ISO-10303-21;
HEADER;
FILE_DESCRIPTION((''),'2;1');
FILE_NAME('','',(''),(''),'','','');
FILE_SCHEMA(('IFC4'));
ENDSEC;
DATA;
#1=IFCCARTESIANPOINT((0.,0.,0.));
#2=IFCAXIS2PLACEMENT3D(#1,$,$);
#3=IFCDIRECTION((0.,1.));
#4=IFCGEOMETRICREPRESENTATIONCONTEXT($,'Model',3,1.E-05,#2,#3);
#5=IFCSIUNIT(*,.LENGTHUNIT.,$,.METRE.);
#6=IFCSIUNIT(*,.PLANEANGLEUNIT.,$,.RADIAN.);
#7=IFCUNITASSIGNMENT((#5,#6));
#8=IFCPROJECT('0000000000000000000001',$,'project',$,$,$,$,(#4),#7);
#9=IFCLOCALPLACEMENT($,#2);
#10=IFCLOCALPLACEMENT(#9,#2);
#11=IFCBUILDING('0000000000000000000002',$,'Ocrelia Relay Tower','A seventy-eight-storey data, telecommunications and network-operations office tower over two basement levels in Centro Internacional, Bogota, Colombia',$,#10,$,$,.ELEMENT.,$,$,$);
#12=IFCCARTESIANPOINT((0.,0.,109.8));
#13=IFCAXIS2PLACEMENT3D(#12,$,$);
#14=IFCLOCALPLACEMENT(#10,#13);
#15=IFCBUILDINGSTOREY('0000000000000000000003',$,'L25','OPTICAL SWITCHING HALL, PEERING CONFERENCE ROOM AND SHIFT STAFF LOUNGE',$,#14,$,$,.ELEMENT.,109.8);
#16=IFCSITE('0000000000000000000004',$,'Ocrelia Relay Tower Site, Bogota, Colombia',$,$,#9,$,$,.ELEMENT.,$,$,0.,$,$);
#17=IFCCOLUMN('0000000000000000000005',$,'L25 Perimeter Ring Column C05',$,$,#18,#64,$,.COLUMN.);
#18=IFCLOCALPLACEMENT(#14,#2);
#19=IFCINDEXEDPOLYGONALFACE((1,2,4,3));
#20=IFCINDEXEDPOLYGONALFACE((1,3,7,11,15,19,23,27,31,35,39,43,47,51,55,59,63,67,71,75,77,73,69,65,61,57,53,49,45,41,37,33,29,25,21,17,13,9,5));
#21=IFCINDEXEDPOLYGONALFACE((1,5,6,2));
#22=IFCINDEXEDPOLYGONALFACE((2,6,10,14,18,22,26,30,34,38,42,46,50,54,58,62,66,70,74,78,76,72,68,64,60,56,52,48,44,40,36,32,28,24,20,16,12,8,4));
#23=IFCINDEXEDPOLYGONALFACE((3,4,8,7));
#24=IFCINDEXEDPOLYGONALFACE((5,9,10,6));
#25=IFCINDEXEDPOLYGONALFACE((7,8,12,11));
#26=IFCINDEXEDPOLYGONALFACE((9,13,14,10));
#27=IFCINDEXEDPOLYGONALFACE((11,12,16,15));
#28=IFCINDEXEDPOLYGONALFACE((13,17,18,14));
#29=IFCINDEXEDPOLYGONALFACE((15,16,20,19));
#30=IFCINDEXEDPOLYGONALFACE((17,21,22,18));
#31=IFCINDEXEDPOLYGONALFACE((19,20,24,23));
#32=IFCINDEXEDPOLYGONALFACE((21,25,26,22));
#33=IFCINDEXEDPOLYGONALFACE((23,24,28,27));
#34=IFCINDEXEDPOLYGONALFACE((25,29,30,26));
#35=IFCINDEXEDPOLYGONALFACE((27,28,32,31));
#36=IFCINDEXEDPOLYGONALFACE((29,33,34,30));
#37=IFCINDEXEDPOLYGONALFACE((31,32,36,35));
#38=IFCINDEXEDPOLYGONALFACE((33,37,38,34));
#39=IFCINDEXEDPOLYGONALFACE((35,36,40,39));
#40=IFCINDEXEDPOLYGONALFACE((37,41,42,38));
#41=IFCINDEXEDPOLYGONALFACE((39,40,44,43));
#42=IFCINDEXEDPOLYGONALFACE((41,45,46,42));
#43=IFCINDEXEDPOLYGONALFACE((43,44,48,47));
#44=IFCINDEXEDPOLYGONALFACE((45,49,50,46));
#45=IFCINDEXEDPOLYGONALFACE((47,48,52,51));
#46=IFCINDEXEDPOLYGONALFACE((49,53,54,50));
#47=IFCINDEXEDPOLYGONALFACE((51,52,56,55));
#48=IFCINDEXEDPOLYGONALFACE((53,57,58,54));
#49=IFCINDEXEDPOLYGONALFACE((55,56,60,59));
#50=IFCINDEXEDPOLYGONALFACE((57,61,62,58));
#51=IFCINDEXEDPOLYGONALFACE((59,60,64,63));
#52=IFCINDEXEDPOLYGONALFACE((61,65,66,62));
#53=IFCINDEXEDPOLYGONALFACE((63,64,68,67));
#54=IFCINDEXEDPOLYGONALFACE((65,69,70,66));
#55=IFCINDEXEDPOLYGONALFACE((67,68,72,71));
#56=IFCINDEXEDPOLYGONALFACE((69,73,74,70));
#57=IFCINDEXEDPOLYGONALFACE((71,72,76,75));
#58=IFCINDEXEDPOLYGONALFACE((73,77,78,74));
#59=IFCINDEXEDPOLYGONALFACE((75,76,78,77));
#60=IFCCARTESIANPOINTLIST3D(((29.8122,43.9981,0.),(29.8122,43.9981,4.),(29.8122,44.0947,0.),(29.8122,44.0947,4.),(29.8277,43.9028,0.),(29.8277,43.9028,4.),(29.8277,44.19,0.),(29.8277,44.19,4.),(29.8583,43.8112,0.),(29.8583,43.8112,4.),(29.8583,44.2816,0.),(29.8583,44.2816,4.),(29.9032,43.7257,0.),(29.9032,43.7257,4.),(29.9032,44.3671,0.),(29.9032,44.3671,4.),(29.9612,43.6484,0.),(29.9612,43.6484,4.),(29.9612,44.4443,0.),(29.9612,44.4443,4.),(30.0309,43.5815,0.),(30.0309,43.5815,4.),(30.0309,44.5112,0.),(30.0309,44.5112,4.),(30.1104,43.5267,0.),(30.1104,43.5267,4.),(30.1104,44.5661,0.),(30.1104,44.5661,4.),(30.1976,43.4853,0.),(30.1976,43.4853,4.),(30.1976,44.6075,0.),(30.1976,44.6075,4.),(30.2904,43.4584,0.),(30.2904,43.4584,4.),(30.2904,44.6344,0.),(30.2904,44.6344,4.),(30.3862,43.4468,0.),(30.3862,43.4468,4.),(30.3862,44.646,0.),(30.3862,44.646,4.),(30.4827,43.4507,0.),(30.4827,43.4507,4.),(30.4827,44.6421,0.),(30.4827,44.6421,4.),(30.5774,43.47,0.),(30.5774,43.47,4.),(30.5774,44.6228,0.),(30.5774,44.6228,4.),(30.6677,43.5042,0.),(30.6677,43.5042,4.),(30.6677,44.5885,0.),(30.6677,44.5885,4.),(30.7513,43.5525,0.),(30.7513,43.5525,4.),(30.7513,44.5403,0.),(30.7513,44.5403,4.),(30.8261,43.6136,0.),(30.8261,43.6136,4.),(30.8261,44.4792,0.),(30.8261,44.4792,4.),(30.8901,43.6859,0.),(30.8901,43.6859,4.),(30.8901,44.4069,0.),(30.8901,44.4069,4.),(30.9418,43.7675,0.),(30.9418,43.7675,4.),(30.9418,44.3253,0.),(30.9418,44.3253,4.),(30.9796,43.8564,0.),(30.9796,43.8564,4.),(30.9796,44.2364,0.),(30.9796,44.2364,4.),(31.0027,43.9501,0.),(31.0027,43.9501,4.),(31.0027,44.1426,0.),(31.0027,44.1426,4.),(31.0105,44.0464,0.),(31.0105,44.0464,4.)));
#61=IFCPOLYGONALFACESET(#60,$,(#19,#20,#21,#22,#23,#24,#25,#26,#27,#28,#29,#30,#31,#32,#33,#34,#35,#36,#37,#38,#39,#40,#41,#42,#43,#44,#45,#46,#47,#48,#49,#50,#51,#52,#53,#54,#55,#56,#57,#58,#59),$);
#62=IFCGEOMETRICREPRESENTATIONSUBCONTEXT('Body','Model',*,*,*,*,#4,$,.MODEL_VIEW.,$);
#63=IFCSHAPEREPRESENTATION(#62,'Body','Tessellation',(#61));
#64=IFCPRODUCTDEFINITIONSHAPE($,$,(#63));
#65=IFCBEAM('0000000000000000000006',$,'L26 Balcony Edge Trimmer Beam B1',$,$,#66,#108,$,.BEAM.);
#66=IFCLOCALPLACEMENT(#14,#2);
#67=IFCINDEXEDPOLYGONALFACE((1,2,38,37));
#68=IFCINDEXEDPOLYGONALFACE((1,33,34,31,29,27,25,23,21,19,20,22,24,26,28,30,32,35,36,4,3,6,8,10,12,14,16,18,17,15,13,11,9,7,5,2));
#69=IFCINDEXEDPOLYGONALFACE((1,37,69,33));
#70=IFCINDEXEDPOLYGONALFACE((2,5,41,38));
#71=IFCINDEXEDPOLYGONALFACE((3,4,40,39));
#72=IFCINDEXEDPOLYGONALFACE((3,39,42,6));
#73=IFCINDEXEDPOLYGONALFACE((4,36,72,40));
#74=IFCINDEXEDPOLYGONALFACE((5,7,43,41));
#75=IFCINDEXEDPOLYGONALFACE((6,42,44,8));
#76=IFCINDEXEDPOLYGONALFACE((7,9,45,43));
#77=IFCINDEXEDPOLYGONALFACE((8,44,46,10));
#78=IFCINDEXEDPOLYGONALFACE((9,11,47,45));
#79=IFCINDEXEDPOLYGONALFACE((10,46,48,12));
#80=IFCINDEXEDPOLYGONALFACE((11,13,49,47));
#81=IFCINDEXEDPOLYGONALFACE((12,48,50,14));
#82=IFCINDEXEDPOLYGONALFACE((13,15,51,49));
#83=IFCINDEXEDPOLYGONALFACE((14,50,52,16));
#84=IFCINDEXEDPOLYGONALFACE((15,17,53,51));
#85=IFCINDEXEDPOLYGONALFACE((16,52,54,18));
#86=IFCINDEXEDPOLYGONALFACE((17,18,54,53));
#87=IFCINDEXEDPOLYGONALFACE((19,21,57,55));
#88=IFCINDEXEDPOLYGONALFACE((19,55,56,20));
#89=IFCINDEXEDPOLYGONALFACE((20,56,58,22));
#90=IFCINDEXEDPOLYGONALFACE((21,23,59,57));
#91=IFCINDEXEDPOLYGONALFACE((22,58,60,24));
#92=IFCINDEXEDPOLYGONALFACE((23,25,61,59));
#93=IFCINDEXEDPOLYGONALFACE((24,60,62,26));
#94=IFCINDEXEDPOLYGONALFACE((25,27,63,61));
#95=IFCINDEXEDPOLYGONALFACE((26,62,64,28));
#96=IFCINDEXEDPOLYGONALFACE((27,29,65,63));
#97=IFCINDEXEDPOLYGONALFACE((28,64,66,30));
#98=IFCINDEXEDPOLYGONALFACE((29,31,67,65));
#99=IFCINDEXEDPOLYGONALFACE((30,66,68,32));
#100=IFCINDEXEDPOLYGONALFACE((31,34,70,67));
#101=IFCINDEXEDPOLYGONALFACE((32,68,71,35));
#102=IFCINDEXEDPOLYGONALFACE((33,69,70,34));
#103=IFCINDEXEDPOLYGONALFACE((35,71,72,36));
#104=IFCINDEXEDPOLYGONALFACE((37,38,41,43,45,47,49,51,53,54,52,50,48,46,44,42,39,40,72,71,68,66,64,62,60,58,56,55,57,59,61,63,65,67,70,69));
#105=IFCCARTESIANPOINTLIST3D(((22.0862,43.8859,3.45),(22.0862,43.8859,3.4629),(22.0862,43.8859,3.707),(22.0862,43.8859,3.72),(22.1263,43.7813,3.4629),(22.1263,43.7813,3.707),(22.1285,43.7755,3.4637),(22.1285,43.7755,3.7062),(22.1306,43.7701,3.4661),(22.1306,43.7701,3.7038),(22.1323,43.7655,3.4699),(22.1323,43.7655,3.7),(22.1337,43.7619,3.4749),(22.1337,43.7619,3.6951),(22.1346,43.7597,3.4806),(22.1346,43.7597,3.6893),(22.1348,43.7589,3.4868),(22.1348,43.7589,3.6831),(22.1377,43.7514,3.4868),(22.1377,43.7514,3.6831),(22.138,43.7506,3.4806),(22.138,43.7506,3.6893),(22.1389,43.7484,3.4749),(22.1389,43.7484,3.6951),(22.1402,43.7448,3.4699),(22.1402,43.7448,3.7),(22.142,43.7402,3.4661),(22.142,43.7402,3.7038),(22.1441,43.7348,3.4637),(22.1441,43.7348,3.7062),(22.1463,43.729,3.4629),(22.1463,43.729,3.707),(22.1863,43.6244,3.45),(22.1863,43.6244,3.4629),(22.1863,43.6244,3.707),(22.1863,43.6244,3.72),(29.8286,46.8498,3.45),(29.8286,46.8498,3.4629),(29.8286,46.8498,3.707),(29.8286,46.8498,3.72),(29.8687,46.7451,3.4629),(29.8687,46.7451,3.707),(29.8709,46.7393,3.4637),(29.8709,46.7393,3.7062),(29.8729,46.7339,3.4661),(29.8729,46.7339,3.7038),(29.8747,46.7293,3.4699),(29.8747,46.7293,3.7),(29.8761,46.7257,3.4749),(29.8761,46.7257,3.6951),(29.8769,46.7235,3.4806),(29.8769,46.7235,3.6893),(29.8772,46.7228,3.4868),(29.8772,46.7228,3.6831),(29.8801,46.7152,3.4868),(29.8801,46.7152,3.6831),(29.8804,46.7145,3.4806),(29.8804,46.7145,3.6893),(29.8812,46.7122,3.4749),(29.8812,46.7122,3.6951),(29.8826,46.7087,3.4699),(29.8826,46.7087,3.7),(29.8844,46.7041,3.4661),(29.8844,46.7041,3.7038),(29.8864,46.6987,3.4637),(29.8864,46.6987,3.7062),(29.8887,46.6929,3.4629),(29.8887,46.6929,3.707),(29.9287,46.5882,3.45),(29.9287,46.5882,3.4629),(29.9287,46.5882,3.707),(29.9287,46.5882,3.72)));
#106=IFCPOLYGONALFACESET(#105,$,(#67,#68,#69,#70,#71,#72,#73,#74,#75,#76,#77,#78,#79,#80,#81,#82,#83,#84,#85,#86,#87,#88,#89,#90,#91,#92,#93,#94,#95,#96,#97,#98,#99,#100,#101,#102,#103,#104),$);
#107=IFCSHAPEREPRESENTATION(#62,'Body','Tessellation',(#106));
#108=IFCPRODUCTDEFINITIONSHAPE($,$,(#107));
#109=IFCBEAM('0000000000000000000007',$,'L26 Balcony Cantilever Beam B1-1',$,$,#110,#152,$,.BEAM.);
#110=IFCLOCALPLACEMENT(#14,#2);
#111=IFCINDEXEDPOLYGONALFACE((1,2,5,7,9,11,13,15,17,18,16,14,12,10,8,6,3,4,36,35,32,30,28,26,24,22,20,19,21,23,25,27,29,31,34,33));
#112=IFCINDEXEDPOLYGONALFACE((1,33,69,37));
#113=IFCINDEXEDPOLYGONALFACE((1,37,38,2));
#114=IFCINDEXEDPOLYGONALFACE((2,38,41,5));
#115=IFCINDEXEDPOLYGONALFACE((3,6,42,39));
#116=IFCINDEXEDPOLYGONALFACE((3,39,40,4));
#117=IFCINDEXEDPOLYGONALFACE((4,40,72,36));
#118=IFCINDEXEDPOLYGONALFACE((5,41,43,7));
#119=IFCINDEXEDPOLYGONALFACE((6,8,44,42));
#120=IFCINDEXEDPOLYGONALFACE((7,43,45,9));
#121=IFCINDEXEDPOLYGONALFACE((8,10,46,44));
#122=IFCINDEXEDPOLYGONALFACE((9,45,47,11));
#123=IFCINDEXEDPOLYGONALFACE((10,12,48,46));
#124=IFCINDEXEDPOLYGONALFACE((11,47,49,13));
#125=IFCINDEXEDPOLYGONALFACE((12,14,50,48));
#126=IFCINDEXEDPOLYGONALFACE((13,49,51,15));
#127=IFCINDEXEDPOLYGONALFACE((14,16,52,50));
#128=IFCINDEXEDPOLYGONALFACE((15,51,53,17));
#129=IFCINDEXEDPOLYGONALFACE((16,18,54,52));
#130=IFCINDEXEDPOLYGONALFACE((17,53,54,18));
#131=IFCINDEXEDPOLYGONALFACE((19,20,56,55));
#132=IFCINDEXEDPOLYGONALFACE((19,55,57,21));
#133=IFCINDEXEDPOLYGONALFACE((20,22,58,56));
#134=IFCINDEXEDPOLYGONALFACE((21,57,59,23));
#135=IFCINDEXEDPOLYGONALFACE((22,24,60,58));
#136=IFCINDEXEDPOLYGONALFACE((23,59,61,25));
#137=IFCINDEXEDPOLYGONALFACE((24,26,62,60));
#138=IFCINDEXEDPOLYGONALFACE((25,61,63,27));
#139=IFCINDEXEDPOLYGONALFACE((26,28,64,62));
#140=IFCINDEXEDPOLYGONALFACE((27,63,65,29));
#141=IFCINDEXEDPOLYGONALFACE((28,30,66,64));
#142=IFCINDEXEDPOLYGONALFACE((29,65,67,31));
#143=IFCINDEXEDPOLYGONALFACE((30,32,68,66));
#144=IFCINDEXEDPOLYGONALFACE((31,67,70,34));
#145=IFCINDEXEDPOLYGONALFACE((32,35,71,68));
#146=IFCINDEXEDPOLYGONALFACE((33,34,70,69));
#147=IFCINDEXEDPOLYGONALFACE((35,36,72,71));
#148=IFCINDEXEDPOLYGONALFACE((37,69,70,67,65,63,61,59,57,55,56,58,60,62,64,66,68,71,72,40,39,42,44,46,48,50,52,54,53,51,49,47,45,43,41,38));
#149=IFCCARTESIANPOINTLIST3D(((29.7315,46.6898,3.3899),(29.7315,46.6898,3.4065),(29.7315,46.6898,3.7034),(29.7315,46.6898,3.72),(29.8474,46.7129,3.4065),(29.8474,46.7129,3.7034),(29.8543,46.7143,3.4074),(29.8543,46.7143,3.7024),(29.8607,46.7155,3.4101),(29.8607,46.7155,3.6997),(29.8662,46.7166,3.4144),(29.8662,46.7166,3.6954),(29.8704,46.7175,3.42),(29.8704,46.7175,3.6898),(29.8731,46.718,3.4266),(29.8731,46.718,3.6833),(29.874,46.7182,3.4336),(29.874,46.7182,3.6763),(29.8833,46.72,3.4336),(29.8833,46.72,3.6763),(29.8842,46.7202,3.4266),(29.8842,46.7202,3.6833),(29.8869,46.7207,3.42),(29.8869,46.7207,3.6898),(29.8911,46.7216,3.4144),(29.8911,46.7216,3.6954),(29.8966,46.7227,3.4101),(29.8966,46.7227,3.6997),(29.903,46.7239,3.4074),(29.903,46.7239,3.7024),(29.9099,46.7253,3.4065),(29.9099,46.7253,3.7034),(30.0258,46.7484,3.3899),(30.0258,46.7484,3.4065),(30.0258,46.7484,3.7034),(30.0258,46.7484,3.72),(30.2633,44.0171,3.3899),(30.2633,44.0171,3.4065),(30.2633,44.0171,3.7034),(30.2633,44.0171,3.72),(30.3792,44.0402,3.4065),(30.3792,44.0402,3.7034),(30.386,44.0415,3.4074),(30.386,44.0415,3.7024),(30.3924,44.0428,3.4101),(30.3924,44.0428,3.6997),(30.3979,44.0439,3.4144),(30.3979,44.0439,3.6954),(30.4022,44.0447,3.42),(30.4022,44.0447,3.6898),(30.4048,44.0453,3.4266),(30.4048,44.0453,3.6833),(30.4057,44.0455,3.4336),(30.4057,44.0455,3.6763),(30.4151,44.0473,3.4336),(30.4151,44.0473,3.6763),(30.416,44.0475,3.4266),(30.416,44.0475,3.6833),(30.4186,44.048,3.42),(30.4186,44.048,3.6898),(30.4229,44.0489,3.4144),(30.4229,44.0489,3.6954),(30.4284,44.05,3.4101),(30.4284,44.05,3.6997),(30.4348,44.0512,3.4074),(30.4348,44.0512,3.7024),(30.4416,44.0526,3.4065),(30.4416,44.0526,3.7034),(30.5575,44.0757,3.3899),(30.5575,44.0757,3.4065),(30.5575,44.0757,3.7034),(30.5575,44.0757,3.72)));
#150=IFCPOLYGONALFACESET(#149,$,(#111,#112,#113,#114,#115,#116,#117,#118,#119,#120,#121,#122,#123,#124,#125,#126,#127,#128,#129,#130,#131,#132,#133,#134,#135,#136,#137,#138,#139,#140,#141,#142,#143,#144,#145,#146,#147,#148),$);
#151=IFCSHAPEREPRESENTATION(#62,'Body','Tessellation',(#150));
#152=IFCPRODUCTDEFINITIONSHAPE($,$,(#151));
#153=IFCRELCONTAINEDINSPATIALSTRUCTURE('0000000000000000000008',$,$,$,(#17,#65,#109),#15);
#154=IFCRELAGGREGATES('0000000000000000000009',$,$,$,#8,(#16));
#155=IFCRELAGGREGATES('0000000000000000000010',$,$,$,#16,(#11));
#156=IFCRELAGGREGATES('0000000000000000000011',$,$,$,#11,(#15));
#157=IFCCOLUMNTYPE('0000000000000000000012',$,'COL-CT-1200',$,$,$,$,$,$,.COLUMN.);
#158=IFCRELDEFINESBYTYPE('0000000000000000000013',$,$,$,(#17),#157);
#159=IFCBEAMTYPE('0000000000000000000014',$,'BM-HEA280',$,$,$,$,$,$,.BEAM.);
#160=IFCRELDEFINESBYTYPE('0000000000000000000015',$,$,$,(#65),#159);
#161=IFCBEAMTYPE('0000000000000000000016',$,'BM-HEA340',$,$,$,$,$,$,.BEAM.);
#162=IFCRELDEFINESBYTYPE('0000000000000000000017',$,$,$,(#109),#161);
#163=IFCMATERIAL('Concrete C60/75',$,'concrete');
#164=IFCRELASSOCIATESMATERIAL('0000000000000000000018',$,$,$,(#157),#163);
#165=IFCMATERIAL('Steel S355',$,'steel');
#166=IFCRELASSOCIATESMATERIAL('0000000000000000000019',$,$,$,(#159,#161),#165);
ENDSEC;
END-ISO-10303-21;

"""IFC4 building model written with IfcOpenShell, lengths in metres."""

from ifc_helpers import new_model, si_unit, direction, frame, origin, origin_2d, place, context, subcontext, project, spatial, circle, i_section, extrude, material, material_profile, profile_set, type_object, element, save


model = new_model("IFC4")

# Units and contexts
model_context = context("Model", 3, precision=1e-05, world=origin(), true_north=direction((0.0, 1.0)))
body_context = subcontext(model_context, "Body", "Model", "MODEL_VIEW")
ifc_project = project(units=[si_unit("LENGTHUNIT", "METRE"), si_unit("PLANEANGLEUNIT", "RADIAN")], contexts=[model_context])

# Site, building, storey
site_placement = place(None, origin())
site = spatial("IfcSite", under=ifc_project, at=site_placement, Name="Ocrelia Relay Tower Site, Bogota, Colombia", CompositionType="ELEMENT", RefElevation=0.0)
building_placement = place(site_placement, origin())
building = spatial("IfcBuilding", under=site, at=building_placement, Name="Ocrelia Relay Tower", Description="A seventy-eight-storey data, telecommunications and network-operations office tower over two basement levels in Centro Internacional, Bogota, Colombia", CompositionType="ELEMENT")
storey_placement = place(building_placement, frame((0.0, 0.0, 109.8)))
storey = spatial("IfcBuildingStorey", under=building, at=storey_placement, Name="L25", Description="OPTICAL SWITCHING HALL, PEERING CONFERENCE ROOM AND SHIFT STAFF LOUNGE", CompositionType="ELEMENT", Elevation=109.8)

# Column
ifc_material_1 = material(Name="Concrete C60/75", Category="concrete")
ifc_material_profile_1 = material_profile(ifc_material_1, circle(Radius=0.6001, at=origin_2d()), Name="RC-CIR-1200")
ifc_profile_set_1 = profile_set([ifc_material_profile_1], Name="Concrete C60/75")
column_type = type_object("IfcColumnType", Name="COL-CT-1200", PredefinedType="COLUMN", material=ifc_profile_set_1)
column_placement = place(storey_placement, frame((30.4104, 44.0464, 0.0), z_axis=(0.0, 0.0, 1.0), x_axis=(1.0, 0.0, 0.0)))
element("IfcColumn", 1, at=column_placement, inside=storey, type_object=column_type, Name="L25 Perimeter Ring Column C05", PredefinedType="COLUMN", context=body_context, shape_type="SweptSolid", body=[
    extrude(circle(Radius=0.6001, at=origin_2d()), origin(), (0.0, 0.0, 1.0), 4.0),
])

# Beams
ifc_material_2 = material(Name="Steel S355", Category="steel")
ifc_material_profile_2 = material_profile(ifc_material_2, i_section(OverallWidth=0.28, OverallDepth=0.27, WebThickness=0.0081, FlangeThickness=0.0129, FilletRadius=0.0239, at=origin_2d()), Name="HEA 280")
ifc_profile_set_2 = profile_set([ifc_material_profile_2], Name="Steel S355")
beam_type_1 = type_object("IfcBeamType", Name="BM-HEA280", PredefinedType="BEAM", material=ifc_profile_set_2)
beam_1_placement = place(storey_placement, frame((29.8787, 46.719, 3.585), z_axis=(-0.93391, -0.357508, 0.0), x_axis=(0.357508, -0.93391, 0.0)))
element("IfcBeam", 2, at=beam_1_placement, inside=storey, type_object=beam_type_1, Name="L26 Balcony Edge Trimmer Beam B1", PredefinedType="BEAM", context=body_context, shape_type="SweptSolid", body=[
    extrude(i_section(OverallWidth=0.28, OverallDepth=0.27, WebThickness=0.0081, FlangeThickness=0.0129, FilletRadius=0.0239, at=origin_2d()), origin(), (0.0, 0.0, 1.0), 8.2903),
])
ifc_material_profile_3 = material_profile(ifc_material_2, i_section(OverallWidth=0.3, OverallDepth=0.3301, WebThickness=0.0095, FlangeThickness=0.0166, FilletRadius=0.0271, at=origin_2d()), Name="HEA 340")
ifc_profile_set_3 = profile_set([ifc_material_profile_3], Name="Steel S355")
beam_type_2 = type_object("IfcBeamType", Name="BM-HEA340", PredefinedType="BEAM", material=ifc_profile_set_3)
beam_2_placement = place(storey_placement, frame((30.4104, 44.0464, 3.5549), z_axis=(-0.195134, 0.980777, 0.0), x_axis=(-0.980777, -0.195134, 0.0)))
element("IfcBeam", 3, at=beam_2_placement, inside=storey, type_object=beam_type_2, Name="L26 Balcony Cantilever Beam B1-1", PredefinedType="BEAM", context=body_context, shape_type="SweptSolid", body=[
    extrude(i_section(OverallWidth=0.3, OverallDepth=0.3301, WebThickness=0.0095, FlangeThickness=0.0166, FilletRadius=0.0271, at=origin_2d()), origin(), (0.0, 0.0, 1.0), 2.7251),
])

save(model, "model.ifc")
